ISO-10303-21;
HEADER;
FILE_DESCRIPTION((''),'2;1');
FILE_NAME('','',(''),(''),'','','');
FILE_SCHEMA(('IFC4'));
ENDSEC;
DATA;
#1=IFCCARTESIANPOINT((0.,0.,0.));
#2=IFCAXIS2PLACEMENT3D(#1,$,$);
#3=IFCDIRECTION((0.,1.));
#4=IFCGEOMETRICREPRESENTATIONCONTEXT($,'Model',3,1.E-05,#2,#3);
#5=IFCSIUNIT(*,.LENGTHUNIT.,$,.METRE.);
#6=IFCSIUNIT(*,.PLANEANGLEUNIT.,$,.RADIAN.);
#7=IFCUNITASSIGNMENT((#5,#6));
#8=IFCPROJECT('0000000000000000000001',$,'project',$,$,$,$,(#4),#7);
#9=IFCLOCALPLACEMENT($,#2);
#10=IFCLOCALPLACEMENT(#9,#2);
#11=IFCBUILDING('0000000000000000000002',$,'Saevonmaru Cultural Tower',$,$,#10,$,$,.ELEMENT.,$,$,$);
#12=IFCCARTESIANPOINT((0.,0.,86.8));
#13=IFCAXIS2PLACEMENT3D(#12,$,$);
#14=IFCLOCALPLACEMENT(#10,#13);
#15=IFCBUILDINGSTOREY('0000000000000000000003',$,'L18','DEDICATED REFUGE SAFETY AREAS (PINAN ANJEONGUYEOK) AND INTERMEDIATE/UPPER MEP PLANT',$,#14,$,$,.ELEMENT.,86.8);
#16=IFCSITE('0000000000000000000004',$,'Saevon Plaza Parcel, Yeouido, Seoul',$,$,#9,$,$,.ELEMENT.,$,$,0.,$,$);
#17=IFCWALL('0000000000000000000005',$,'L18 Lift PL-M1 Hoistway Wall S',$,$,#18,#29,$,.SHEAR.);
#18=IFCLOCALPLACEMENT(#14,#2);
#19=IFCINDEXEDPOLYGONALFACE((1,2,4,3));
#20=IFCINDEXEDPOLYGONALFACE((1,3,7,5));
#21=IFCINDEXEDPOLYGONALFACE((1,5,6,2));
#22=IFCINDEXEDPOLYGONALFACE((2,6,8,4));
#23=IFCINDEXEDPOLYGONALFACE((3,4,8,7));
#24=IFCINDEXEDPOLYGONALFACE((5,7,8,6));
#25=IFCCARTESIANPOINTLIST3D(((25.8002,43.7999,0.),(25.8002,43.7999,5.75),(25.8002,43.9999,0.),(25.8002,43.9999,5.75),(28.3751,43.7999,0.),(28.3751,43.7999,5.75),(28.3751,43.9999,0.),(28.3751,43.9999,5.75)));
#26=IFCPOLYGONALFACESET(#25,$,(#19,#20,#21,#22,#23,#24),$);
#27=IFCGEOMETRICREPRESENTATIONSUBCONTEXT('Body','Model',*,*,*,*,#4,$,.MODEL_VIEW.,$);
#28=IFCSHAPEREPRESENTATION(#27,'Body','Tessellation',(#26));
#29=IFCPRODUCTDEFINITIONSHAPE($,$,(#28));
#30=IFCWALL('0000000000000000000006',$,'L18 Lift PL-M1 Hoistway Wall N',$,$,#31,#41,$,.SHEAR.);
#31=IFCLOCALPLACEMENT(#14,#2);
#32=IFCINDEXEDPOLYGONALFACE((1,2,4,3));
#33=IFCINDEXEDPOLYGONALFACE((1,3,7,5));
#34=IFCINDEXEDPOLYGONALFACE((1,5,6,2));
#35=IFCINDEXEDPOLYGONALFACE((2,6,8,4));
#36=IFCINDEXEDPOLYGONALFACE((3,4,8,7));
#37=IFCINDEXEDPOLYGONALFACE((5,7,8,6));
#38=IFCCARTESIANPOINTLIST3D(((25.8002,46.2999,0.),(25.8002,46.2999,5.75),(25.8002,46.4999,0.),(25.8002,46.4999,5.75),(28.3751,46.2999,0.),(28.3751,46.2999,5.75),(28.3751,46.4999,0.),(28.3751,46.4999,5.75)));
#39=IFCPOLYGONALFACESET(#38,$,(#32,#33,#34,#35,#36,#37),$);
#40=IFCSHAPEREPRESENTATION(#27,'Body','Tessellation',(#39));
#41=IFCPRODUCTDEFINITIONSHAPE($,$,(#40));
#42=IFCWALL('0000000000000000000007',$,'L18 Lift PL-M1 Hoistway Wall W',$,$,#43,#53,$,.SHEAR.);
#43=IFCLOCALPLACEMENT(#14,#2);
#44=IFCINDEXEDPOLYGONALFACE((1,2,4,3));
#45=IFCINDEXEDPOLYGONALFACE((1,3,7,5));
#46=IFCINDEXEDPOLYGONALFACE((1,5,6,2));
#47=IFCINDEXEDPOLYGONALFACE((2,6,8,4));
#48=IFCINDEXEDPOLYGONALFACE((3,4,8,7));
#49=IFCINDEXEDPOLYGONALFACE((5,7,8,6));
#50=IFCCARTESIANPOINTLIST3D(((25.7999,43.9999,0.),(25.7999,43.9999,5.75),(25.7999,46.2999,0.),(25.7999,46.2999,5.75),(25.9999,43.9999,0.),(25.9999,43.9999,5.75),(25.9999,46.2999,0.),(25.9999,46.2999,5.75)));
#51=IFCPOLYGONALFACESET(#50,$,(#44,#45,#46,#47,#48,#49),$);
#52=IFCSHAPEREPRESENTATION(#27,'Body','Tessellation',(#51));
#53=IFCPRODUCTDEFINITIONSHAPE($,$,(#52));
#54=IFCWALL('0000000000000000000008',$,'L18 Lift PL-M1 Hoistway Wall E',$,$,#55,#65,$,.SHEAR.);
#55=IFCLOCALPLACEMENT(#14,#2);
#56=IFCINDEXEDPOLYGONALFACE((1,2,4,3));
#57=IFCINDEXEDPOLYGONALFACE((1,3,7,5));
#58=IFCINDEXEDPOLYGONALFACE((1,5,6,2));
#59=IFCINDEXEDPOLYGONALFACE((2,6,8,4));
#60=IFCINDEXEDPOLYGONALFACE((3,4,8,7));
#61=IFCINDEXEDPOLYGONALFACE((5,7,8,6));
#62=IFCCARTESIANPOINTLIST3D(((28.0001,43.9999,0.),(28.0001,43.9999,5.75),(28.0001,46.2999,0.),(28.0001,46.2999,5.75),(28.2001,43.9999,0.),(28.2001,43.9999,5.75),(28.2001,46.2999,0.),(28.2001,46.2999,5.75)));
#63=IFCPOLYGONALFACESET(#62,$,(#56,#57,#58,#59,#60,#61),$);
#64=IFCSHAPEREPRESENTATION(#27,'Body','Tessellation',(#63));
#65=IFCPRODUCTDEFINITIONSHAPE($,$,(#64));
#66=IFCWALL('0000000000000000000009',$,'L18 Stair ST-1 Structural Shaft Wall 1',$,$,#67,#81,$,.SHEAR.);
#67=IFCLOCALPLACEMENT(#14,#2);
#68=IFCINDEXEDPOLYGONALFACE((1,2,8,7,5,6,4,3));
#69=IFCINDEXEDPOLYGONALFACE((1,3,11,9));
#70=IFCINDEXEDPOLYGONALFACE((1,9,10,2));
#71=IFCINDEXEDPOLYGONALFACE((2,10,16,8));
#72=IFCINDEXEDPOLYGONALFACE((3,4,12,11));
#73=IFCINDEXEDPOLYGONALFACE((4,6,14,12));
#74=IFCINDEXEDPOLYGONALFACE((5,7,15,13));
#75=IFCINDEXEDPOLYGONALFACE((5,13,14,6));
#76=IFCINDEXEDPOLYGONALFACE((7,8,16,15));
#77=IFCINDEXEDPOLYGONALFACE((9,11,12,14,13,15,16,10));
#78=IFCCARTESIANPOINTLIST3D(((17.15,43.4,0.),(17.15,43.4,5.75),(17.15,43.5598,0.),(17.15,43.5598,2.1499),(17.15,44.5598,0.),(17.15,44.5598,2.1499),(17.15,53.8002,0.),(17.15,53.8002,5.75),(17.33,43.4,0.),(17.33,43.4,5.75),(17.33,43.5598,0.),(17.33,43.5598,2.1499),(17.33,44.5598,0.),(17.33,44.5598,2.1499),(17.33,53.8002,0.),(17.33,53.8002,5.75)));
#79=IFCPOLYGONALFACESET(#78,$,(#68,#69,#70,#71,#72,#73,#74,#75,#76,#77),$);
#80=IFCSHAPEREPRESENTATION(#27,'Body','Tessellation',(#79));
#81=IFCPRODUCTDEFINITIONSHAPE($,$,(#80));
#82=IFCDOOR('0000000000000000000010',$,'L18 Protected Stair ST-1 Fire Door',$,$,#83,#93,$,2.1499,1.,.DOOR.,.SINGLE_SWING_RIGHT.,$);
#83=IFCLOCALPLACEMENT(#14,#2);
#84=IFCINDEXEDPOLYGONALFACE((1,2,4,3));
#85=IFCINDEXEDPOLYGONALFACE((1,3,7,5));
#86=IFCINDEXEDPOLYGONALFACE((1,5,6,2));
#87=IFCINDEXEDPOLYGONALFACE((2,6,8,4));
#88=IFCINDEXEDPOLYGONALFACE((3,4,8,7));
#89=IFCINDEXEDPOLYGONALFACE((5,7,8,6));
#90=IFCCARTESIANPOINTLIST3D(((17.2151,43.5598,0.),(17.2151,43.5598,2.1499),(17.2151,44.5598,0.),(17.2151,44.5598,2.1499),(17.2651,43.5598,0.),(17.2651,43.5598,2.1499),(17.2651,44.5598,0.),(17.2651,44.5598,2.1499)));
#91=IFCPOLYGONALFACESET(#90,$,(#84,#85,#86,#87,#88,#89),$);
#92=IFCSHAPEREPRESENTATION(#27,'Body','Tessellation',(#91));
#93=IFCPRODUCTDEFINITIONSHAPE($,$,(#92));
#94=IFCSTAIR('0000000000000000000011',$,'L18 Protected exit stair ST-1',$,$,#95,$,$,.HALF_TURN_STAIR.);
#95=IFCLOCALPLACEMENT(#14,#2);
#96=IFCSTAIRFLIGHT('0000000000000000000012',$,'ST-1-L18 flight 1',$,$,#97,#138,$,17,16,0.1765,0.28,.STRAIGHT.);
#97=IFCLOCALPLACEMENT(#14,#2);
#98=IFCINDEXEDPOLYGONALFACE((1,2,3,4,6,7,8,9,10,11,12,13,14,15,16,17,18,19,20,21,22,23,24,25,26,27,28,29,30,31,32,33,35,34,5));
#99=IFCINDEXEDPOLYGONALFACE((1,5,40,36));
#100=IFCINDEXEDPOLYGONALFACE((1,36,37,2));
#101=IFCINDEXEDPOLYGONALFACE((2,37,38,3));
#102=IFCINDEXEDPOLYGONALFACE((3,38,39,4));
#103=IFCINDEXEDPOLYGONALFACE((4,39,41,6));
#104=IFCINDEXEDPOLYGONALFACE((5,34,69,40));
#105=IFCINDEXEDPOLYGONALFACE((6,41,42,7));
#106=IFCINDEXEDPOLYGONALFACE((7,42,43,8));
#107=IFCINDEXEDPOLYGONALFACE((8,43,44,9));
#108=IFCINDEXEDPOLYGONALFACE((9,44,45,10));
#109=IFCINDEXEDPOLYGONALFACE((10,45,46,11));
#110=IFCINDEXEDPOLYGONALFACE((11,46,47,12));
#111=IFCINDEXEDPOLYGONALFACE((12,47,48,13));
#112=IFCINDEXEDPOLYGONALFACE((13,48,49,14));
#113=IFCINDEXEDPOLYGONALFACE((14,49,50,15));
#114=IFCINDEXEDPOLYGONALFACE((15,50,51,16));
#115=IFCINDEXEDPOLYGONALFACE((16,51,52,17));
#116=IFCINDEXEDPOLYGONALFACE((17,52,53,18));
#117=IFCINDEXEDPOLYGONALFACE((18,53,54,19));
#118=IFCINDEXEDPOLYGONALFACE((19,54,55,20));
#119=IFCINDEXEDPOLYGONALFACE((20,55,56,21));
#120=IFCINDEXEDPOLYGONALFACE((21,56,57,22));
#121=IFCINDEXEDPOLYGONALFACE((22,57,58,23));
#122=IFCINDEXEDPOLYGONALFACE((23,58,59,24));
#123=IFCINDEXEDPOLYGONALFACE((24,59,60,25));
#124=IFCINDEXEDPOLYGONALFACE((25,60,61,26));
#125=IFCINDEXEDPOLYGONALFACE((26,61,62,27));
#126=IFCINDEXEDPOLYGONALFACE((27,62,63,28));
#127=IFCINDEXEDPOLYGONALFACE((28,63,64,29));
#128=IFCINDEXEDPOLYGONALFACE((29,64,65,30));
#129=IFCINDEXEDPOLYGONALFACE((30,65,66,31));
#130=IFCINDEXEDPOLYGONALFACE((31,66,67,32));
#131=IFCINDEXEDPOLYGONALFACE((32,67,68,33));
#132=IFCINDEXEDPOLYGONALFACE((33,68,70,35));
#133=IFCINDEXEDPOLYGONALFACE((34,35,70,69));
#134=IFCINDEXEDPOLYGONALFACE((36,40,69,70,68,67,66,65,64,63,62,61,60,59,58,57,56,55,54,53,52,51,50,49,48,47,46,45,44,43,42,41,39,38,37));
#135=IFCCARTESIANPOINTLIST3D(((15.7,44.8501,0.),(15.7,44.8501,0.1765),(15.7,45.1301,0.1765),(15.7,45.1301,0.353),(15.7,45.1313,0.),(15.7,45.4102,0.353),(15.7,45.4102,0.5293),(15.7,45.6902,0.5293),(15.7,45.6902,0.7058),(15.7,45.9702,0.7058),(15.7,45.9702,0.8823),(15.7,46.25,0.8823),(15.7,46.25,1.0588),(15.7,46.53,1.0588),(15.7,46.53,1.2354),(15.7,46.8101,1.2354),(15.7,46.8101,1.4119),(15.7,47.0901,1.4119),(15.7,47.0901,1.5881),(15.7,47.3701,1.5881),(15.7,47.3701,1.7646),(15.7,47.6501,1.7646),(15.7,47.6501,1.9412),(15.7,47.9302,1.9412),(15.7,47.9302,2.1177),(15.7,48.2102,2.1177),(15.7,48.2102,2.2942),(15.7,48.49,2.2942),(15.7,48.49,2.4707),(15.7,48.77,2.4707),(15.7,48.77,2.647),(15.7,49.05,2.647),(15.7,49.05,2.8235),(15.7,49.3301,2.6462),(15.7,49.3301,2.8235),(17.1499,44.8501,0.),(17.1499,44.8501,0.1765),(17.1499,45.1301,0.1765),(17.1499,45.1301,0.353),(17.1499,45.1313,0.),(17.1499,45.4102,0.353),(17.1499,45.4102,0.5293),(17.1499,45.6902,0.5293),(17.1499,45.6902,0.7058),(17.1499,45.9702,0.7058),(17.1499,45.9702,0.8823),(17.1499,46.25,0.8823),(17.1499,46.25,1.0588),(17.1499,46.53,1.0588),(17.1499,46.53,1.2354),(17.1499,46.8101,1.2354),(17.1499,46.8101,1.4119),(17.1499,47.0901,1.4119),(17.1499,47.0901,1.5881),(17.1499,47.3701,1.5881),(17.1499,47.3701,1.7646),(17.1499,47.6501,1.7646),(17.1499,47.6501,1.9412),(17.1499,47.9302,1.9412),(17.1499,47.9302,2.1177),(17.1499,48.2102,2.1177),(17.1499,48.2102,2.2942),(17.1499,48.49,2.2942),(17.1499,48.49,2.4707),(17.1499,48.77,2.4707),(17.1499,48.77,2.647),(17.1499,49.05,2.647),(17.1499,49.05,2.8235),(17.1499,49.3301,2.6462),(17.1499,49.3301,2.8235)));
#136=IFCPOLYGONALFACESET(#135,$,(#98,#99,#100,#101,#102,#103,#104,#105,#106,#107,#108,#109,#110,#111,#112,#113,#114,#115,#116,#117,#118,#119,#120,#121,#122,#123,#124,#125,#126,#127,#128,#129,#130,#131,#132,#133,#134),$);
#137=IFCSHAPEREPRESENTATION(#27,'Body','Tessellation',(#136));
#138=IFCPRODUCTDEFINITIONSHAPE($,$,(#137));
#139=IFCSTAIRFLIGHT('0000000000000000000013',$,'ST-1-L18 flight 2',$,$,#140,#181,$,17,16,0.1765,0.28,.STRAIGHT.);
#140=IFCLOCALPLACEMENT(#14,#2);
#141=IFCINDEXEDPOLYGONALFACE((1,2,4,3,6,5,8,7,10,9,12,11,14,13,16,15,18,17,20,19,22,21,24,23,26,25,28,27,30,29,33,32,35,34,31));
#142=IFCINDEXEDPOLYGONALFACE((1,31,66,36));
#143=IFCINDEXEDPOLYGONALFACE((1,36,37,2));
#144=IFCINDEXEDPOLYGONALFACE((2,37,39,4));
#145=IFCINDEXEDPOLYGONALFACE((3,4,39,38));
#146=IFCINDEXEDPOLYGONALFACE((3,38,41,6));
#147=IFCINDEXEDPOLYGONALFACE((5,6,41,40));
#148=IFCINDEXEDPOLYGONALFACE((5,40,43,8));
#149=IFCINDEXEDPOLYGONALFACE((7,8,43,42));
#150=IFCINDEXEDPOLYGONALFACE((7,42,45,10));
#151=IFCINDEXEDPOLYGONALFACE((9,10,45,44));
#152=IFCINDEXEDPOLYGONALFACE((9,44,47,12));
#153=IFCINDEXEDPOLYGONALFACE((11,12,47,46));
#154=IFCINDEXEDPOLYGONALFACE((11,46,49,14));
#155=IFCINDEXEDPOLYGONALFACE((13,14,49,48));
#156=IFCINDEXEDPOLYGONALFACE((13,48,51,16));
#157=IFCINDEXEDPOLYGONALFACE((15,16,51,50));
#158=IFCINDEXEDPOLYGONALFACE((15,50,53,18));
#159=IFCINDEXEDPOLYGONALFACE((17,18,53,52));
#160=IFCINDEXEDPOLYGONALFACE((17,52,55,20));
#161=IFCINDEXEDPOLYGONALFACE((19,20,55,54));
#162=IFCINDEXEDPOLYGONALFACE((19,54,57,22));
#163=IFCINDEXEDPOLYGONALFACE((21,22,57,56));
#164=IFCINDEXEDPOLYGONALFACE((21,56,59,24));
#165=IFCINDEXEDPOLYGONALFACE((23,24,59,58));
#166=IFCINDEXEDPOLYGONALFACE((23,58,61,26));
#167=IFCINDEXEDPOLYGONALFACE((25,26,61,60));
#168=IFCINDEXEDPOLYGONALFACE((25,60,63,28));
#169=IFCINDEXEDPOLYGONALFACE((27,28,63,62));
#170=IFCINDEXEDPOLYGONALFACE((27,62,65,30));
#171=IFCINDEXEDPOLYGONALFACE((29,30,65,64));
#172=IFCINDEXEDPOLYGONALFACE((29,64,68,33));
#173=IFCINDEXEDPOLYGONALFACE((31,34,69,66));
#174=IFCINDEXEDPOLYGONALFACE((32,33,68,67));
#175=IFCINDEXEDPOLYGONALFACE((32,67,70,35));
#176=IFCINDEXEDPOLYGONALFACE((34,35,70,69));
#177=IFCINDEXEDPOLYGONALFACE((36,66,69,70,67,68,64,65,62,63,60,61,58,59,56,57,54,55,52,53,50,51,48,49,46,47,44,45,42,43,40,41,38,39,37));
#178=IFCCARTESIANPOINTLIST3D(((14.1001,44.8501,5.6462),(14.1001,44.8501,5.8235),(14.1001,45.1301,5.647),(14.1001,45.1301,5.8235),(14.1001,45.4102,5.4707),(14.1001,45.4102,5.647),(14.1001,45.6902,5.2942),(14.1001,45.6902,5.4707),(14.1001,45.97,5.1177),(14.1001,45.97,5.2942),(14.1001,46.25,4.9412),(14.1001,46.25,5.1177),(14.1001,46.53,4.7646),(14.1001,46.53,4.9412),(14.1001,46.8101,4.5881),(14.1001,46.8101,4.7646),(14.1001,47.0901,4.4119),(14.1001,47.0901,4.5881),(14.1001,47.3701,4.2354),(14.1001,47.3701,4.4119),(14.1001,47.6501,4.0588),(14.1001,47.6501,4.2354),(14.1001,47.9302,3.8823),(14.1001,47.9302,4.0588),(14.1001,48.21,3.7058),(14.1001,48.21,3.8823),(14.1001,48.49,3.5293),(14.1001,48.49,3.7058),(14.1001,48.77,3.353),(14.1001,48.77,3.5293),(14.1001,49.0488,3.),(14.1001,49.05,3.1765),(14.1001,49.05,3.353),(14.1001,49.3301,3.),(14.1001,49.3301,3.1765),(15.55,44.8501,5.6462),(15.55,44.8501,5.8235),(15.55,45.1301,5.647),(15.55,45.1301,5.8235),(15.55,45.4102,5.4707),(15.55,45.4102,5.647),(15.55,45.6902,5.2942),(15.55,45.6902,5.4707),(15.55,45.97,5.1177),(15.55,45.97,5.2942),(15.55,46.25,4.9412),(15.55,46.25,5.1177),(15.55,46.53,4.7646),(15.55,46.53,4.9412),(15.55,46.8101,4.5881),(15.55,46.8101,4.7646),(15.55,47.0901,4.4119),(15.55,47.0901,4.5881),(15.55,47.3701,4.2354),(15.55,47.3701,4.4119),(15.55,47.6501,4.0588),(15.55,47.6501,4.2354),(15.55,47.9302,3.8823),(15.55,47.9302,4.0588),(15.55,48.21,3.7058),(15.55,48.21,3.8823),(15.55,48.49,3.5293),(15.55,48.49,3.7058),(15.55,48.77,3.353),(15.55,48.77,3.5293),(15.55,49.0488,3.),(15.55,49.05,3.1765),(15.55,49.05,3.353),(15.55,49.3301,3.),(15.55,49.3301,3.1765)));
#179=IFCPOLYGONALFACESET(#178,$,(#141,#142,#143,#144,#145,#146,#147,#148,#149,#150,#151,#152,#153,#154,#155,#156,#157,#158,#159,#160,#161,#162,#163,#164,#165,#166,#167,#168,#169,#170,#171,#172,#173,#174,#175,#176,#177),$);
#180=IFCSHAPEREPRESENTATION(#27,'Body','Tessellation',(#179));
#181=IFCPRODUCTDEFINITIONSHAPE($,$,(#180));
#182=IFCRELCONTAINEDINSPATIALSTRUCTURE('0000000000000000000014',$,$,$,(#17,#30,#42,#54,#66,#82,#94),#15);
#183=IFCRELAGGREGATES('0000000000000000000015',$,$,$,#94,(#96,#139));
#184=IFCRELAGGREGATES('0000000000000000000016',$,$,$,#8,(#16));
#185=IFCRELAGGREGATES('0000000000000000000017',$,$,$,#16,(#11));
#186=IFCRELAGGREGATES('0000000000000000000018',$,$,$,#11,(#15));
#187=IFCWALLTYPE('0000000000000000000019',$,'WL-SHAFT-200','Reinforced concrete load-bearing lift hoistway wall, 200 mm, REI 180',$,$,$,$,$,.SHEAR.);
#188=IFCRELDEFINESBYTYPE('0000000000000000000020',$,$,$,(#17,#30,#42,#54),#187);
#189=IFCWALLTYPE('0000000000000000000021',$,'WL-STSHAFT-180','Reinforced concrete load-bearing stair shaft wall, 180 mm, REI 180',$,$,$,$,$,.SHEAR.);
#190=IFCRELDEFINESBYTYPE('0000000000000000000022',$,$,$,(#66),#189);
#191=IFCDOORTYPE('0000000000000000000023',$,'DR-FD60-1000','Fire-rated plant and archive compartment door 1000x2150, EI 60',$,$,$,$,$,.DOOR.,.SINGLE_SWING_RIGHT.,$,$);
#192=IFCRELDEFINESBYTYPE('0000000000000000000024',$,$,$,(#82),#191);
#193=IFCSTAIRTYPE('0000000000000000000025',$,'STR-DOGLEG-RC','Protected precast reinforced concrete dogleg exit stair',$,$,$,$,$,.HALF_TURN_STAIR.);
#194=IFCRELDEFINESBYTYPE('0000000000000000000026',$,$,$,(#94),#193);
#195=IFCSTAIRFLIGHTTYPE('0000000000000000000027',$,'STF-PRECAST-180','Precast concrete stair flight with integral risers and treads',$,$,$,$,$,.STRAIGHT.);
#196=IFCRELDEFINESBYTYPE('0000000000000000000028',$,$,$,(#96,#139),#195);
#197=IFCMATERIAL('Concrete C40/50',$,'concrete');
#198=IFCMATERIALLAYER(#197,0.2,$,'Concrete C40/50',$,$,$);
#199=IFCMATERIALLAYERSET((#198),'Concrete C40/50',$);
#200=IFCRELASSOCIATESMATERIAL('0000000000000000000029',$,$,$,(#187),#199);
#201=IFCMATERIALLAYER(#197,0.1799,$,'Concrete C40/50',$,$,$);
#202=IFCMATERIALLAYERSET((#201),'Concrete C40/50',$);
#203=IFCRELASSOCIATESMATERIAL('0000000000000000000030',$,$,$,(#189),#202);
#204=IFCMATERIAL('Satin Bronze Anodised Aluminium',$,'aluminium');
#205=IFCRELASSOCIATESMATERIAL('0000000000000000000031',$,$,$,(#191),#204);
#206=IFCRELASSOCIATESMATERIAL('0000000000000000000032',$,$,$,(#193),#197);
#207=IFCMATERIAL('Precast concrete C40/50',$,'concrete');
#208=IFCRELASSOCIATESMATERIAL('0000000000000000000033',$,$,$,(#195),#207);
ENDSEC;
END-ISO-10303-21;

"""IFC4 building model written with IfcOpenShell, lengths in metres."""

from ifc_helpers import new_model, si_unit, direction, frame, frame_2d, origin, place, context, subcontext, project, spatial, polyline, rectangle, outline, extrude, material, layer, layer_set, type_object, element, fill, aggregate, save


model = new_model("IFC4")

# Units and contexts
model_context = context("Model", 3, precision=1e-05, world=origin(), true_north=direction((0.0, 1.0)))
body_context = subcontext(model_context, "Body", "Model", "MODEL_VIEW")
ifc_project = project(units=[si_unit("LENGTHUNIT", "METRE"), si_unit("PLANEANGLEUNIT", "RADIAN")], contexts=[model_context])

# Site, building, storey
site_placement = place(None, origin())
site = spatial("IfcSite", under=ifc_project, at=site_placement, Name="Saevon Plaza Parcel, Yeouido, Seoul", CompositionType="ELEMENT", RefElevation=0.0)
building_placement = place(site_placement, origin())
building = spatial("IfcBuilding", under=site, at=building_placement, Name="Saevonmaru Cultural Tower", CompositionType="ELEMENT")
storey_placement = place(building_placement, frame((0.0, 0.0, 86.8)))
storey = spatial("IfcBuildingStorey", under=building, at=storey_placement, Name="L18", Description="DEDICATED REFUGE SAFETY AREAS (PINAN ANJEONGUYEOK) AND INTERMEDIATE/UPPER MEP PLANT", CompositionType="ELEMENT", Elevation=86.8)

# Shared definitions
ifc_material_1 = material(Name="Satin Bronze Anodised Aluminium", Category="aluminium")
ifc_material_2 = material(Name="Concrete C40/50", Category="concrete")
ifc_layer_1 = layer(ifc_material_2, 0.2, Name="Concrete C40/50")
ifc_layer_set_1 = layer_set([ifc_layer_1], Name="Concrete C40/50")
wall_type_1 = type_object("IfcWallType", Name="WL-SHAFT-200", Description="Reinforced concrete load-bearing lift hoistway wall, 200 mm, REI 180", PredefinedType="SHEAR", material=ifc_layer_set_1)

# Walls
for number, where, z_axis, x_axis, name in (
    (1, (25.8, 43.8999, 0.0), (0.0, 0.0, 1.0), (1.0, 0.0, 0.0), "L18 Lift PL-M1 Hoistway Wall S"),
    (2, (25.8, 46.3999, 0.0), (0.0, 0.0, 1.0), (1.0, 0.0, 0.0), "L18 Lift PL-M1 Hoistway Wall N"),
):
    element("IfcWall", number, at=place(storey_placement, frame(where, z_axis=z_axis, x_axis=x_axis)), inside=storey, type_object=wall_type_1, Name=name, PredefinedType="SHEAR", context=body_context, shape_type="SweptSolid", body=[
        extrude(rectangle(XDim=2.575, YDim=0.2, at=frame_2d((1.2876, 0.0))), origin(), (0.0, 0.0, 1.0), 5.75),
    ])
for number, where, z_axis, x_axis, name in (
    (3, (25.8999, 44.0, 0.0), (0.0, 0.0, 1.0), (0.0, 1.0, 0.0), "L18 Lift PL-M1 Hoistway Wall W"),
    (4, (28.1001, 44.0, 0.0), (0.0, 0.0, 1.0), (0.0, 1.0, 0.0), "L18 Lift PL-M1 Hoistway Wall E"),
):
    element("IfcWall", number, at=place(storey_placement, frame(where, z_axis=z_axis, x_axis=x_axis)), inside=storey, type_object=wall_type_1, Name=name, PredefinedType="SHEAR", context=body_context, shape_type="SweptSolid", body=[
        extrude(rectangle(XDim=2.3, YDim=0.2, at=frame_2d((1.1499, 0.0))), origin(), (0.0, 0.0, 1.0), 5.75),
    ])

# Wall, opening, door
ifc_layer_2 = layer(ifc_material_2, 0.1799, Name="Concrete C40/50")
ifc_layer_set_2 = layer_set([ifc_layer_2], Name="Concrete C40/50")
wall_type_2 = type_object("IfcWallType", Name="WL-STSHAFT-180", Description="Reinforced concrete load-bearing stair shaft wall, 180 mm, REI 180", PredefinedType="SHEAR", material=ifc_layer_set_2)
wall_1_placement = place(storey_placement, frame((17.24, 43.3999, 0.0), z_axis=(0.0, 0.0, 1.0), x_axis=(0.0, 1.0, 0.0)))
wall_1 = element("IfcWall", 5, at=wall_1_placement, inside=storey, type_object=wall_type_2, Name="L18 Stair ST-1 Structural Shaft Wall 1", PredefinedType="SHEAR", context=body_context, shape_type="SweptSolid", body=[
    extrude(rectangle(XDim=10.4001, YDim=0.1799, at=frame_2d((5.2002, 0.0))), origin(), (0.0, 0.0, 1.0), 5.75),
])
opening_1_placement = place(wall_1_placement, frame((0.1599, 0.0, 0.0)))
opening_1 = element("IfcOpeningElement", 6, at=opening_1_placement, cuts=wall_1, PredefinedType="OPENING", context=body_context, shape_type="SweptSolid", body=[
    extrude(rectangle(XDim=1.0, YDim=2.1499, at=frame_2d((0.5, 1.075))), frame((0.0, 0.1001, 0.0), z_axis=(0.0, -1.0, 0.0), x_axis=(1.0, 0.0, 0.0)), (0.0, 0.0, 1.0), 0.2),
])
door_type_1 = type_object("IfcDoorType", Name="DR-FD60-1000", Description="Fire-rated plant and archive compartment door 1000x2150, EI 60", OperationType="SINGLE_SWING_RIGHT", PredefinedType="DOOR", material=ifc_material_1)
door_1_placement = place(opening_1_placement, origin())
door_1 = element("IfcDoor", 7, at=door_1_placement, inside=storey, type_object=door_type_1, Name="L18 Protected Stair ST-1 Fire Door", OperationType="SINGLE_SWING_RIGHT", OverallHeight=2.1499, OverallWidth=1.0, PredefinedType="DOOR", context=body_context, shape_type="SweptSolid", body=[
    extrude(rectangle(XDim=1.0, YDim=2.1499, at=frame_2d((0.5, 1.075))), frame((0.0, 0.0249, 0.0), z_axis=(0.0, -1.0, 0.0), x_axis=(1.0, 0.0, 0.0)), (0.0, 0.0, 1.0), 0.05),
])
fill(opening_1, door_1)

# Stair, stair flights
stair_type = type_object("IfcStairType", Name="STR-DOGLEG-RC", Description="Protected precast reinforced concrete dogleg exit stair", PredefinedType="HALF_TURN_STAIR", material=ifc_material_2)
stair_placement = place(storey_placement, origin())
stair = element("IfcStair", 8, at=stair_placement, inside=storey, type_object=stair_type, Name="L18 Protected exit stair ST-1", PredefinedType="HALF_TURN_STAIR")
ifc_material_3 = material(Name="Precast concrete C40/50", Category="concrete")
stair_flight_type = type_object("IfcStairFlightType", Name="STF-PRECAST-180", Description="Precast concrete stair flight with integral risers and treads", PredefinedType="STRAIGHT", material=ifc_material_3)
stair_flight_1_placement = place(storey_placement, frame((16.425, 44.8501, 0.0), z_axis=(0.0, 0.0, 1.0), x_axis=(0.0, 1.0, 0.0)))
stair_flight_1 = element("IfcStairFlight", 9, at=stair_flight_1_placement, type_object=stair_flight_type, Name="ST-1-L18 flight 1", NumberOfRisers=17, NumberOfTreads=16, PredefinedType="STRAIGHT", RiserHeight=0.1765, TreadLength=0.28, context=body_context, shape_type="SweptSolid", body=[
    extrude(outline(polyline([(0.0, 0.0), (0.0, 0.1765), (0.28, 0.1765), (0.28, 0.353), (0.5601, 0.353), (0.5601, 0.5293), (0.8401, 0.5293), (0.8401, 0.7058), (1.1201, 0.7058), (1.1201, 0.8823), (1.3999, 0.8823), (1.3999, 1.0588), (1.6799, 1.0588), (1.6799, 1.2354), (1.96, 1.2354), (1.96, 1.4119), (2.24, 1.4119), (2.24, 1.5881), (2.52, 1.5881), (2.52, 1.7646), (2.8, 1.7646), (2.8, 1.9412), (3.0801, 1.9412), (3.0801, 2.1177), (3.3601, 2.1177), (3.3601, 2.2942), (3.6399, 2.2942), (3.6399, 2.4707), (3.9199, 2.4707), (3.9199, 2.647), (4.2, 2.647), (4.2, 2.8235), (4.48, 2.8235), (4.48, 3.0), (4.48, 2.6462), (0.2812, 0.0), (0.0, 0.0)])), frame((0.0, 0.7251, 0.0), z_axis=(0.0, -1.0, 0.0), x_axis=(1.0, 0.0, 0.0)), (0.0, 0.0, 1.0), 1.45),
])
stair_flight_2_placement = place(storey_placement, frame((14.825, 49.3301, 3.0), z_axis=(0.0, 0.0, 1.0), x_axis=(0.0, -1.0, 0.0)))
stair_flight_2 = element("IfcStairFlight", 10, at=stair_flight_2_placement, type_object=stair_flight_type, Name="ST-1-L18 flight 2", NumberOfRisers=17, NumberOfTreads=16, PredefinedType="STRAIGHT", RiserHeight=0.1765, TreadLength=0.28, context=body_context, shape_type="SweptSolid", body=[
    extrude(outline(polyline([(0.0, 0.0), (0.0, 0.1765), (0.28, 0.1765), (0.28, 0.353), (0.5601, 0.353), (0.5601, 0.5293), (0.8401, 0.5293), (0.8401, 0.7058), (1.1201, 0.7058), (1.1201, 0.8823), (1.3999, 0.8823), (1.3999, 1.0588), (1.6799, 1.0588), (1.6799, 1.2354), (1.96, 1.2354), (1.96, 1.4119), (2.24, 1.4119), (2.24, 1.5881), (2.52, 1.5881), (2.52, 1.7646), (2.8, 1.7646), (2.8, 1.9412), (3.0801, 1.9412), (3.0801, 2.1177), (3.3601, 2.1177), (3.3601, 2.2942), (3.6399, 2.2942), (3.6399, 2.4707), (3.9199, 2.4707), (3.9199, 2.647), (4.2, 2.647), (4.2, 2.8235), (4.48, 2.8235), (4.48, 3.0), (4.48, 2.6462), (0.2812, 0.0), (0.0, 0.0)])), frame((0.0, 0.7251, 0.0), z_axis=(0.0, -1.0, 0.0), x_axis=(1.0, 0.0, 0.0)), (0.0, 0.0, 1.0), 1.45),
])
aggregate(stair, [stair_flight_1, stair_flight_2])

save(model, "model.ifc")
